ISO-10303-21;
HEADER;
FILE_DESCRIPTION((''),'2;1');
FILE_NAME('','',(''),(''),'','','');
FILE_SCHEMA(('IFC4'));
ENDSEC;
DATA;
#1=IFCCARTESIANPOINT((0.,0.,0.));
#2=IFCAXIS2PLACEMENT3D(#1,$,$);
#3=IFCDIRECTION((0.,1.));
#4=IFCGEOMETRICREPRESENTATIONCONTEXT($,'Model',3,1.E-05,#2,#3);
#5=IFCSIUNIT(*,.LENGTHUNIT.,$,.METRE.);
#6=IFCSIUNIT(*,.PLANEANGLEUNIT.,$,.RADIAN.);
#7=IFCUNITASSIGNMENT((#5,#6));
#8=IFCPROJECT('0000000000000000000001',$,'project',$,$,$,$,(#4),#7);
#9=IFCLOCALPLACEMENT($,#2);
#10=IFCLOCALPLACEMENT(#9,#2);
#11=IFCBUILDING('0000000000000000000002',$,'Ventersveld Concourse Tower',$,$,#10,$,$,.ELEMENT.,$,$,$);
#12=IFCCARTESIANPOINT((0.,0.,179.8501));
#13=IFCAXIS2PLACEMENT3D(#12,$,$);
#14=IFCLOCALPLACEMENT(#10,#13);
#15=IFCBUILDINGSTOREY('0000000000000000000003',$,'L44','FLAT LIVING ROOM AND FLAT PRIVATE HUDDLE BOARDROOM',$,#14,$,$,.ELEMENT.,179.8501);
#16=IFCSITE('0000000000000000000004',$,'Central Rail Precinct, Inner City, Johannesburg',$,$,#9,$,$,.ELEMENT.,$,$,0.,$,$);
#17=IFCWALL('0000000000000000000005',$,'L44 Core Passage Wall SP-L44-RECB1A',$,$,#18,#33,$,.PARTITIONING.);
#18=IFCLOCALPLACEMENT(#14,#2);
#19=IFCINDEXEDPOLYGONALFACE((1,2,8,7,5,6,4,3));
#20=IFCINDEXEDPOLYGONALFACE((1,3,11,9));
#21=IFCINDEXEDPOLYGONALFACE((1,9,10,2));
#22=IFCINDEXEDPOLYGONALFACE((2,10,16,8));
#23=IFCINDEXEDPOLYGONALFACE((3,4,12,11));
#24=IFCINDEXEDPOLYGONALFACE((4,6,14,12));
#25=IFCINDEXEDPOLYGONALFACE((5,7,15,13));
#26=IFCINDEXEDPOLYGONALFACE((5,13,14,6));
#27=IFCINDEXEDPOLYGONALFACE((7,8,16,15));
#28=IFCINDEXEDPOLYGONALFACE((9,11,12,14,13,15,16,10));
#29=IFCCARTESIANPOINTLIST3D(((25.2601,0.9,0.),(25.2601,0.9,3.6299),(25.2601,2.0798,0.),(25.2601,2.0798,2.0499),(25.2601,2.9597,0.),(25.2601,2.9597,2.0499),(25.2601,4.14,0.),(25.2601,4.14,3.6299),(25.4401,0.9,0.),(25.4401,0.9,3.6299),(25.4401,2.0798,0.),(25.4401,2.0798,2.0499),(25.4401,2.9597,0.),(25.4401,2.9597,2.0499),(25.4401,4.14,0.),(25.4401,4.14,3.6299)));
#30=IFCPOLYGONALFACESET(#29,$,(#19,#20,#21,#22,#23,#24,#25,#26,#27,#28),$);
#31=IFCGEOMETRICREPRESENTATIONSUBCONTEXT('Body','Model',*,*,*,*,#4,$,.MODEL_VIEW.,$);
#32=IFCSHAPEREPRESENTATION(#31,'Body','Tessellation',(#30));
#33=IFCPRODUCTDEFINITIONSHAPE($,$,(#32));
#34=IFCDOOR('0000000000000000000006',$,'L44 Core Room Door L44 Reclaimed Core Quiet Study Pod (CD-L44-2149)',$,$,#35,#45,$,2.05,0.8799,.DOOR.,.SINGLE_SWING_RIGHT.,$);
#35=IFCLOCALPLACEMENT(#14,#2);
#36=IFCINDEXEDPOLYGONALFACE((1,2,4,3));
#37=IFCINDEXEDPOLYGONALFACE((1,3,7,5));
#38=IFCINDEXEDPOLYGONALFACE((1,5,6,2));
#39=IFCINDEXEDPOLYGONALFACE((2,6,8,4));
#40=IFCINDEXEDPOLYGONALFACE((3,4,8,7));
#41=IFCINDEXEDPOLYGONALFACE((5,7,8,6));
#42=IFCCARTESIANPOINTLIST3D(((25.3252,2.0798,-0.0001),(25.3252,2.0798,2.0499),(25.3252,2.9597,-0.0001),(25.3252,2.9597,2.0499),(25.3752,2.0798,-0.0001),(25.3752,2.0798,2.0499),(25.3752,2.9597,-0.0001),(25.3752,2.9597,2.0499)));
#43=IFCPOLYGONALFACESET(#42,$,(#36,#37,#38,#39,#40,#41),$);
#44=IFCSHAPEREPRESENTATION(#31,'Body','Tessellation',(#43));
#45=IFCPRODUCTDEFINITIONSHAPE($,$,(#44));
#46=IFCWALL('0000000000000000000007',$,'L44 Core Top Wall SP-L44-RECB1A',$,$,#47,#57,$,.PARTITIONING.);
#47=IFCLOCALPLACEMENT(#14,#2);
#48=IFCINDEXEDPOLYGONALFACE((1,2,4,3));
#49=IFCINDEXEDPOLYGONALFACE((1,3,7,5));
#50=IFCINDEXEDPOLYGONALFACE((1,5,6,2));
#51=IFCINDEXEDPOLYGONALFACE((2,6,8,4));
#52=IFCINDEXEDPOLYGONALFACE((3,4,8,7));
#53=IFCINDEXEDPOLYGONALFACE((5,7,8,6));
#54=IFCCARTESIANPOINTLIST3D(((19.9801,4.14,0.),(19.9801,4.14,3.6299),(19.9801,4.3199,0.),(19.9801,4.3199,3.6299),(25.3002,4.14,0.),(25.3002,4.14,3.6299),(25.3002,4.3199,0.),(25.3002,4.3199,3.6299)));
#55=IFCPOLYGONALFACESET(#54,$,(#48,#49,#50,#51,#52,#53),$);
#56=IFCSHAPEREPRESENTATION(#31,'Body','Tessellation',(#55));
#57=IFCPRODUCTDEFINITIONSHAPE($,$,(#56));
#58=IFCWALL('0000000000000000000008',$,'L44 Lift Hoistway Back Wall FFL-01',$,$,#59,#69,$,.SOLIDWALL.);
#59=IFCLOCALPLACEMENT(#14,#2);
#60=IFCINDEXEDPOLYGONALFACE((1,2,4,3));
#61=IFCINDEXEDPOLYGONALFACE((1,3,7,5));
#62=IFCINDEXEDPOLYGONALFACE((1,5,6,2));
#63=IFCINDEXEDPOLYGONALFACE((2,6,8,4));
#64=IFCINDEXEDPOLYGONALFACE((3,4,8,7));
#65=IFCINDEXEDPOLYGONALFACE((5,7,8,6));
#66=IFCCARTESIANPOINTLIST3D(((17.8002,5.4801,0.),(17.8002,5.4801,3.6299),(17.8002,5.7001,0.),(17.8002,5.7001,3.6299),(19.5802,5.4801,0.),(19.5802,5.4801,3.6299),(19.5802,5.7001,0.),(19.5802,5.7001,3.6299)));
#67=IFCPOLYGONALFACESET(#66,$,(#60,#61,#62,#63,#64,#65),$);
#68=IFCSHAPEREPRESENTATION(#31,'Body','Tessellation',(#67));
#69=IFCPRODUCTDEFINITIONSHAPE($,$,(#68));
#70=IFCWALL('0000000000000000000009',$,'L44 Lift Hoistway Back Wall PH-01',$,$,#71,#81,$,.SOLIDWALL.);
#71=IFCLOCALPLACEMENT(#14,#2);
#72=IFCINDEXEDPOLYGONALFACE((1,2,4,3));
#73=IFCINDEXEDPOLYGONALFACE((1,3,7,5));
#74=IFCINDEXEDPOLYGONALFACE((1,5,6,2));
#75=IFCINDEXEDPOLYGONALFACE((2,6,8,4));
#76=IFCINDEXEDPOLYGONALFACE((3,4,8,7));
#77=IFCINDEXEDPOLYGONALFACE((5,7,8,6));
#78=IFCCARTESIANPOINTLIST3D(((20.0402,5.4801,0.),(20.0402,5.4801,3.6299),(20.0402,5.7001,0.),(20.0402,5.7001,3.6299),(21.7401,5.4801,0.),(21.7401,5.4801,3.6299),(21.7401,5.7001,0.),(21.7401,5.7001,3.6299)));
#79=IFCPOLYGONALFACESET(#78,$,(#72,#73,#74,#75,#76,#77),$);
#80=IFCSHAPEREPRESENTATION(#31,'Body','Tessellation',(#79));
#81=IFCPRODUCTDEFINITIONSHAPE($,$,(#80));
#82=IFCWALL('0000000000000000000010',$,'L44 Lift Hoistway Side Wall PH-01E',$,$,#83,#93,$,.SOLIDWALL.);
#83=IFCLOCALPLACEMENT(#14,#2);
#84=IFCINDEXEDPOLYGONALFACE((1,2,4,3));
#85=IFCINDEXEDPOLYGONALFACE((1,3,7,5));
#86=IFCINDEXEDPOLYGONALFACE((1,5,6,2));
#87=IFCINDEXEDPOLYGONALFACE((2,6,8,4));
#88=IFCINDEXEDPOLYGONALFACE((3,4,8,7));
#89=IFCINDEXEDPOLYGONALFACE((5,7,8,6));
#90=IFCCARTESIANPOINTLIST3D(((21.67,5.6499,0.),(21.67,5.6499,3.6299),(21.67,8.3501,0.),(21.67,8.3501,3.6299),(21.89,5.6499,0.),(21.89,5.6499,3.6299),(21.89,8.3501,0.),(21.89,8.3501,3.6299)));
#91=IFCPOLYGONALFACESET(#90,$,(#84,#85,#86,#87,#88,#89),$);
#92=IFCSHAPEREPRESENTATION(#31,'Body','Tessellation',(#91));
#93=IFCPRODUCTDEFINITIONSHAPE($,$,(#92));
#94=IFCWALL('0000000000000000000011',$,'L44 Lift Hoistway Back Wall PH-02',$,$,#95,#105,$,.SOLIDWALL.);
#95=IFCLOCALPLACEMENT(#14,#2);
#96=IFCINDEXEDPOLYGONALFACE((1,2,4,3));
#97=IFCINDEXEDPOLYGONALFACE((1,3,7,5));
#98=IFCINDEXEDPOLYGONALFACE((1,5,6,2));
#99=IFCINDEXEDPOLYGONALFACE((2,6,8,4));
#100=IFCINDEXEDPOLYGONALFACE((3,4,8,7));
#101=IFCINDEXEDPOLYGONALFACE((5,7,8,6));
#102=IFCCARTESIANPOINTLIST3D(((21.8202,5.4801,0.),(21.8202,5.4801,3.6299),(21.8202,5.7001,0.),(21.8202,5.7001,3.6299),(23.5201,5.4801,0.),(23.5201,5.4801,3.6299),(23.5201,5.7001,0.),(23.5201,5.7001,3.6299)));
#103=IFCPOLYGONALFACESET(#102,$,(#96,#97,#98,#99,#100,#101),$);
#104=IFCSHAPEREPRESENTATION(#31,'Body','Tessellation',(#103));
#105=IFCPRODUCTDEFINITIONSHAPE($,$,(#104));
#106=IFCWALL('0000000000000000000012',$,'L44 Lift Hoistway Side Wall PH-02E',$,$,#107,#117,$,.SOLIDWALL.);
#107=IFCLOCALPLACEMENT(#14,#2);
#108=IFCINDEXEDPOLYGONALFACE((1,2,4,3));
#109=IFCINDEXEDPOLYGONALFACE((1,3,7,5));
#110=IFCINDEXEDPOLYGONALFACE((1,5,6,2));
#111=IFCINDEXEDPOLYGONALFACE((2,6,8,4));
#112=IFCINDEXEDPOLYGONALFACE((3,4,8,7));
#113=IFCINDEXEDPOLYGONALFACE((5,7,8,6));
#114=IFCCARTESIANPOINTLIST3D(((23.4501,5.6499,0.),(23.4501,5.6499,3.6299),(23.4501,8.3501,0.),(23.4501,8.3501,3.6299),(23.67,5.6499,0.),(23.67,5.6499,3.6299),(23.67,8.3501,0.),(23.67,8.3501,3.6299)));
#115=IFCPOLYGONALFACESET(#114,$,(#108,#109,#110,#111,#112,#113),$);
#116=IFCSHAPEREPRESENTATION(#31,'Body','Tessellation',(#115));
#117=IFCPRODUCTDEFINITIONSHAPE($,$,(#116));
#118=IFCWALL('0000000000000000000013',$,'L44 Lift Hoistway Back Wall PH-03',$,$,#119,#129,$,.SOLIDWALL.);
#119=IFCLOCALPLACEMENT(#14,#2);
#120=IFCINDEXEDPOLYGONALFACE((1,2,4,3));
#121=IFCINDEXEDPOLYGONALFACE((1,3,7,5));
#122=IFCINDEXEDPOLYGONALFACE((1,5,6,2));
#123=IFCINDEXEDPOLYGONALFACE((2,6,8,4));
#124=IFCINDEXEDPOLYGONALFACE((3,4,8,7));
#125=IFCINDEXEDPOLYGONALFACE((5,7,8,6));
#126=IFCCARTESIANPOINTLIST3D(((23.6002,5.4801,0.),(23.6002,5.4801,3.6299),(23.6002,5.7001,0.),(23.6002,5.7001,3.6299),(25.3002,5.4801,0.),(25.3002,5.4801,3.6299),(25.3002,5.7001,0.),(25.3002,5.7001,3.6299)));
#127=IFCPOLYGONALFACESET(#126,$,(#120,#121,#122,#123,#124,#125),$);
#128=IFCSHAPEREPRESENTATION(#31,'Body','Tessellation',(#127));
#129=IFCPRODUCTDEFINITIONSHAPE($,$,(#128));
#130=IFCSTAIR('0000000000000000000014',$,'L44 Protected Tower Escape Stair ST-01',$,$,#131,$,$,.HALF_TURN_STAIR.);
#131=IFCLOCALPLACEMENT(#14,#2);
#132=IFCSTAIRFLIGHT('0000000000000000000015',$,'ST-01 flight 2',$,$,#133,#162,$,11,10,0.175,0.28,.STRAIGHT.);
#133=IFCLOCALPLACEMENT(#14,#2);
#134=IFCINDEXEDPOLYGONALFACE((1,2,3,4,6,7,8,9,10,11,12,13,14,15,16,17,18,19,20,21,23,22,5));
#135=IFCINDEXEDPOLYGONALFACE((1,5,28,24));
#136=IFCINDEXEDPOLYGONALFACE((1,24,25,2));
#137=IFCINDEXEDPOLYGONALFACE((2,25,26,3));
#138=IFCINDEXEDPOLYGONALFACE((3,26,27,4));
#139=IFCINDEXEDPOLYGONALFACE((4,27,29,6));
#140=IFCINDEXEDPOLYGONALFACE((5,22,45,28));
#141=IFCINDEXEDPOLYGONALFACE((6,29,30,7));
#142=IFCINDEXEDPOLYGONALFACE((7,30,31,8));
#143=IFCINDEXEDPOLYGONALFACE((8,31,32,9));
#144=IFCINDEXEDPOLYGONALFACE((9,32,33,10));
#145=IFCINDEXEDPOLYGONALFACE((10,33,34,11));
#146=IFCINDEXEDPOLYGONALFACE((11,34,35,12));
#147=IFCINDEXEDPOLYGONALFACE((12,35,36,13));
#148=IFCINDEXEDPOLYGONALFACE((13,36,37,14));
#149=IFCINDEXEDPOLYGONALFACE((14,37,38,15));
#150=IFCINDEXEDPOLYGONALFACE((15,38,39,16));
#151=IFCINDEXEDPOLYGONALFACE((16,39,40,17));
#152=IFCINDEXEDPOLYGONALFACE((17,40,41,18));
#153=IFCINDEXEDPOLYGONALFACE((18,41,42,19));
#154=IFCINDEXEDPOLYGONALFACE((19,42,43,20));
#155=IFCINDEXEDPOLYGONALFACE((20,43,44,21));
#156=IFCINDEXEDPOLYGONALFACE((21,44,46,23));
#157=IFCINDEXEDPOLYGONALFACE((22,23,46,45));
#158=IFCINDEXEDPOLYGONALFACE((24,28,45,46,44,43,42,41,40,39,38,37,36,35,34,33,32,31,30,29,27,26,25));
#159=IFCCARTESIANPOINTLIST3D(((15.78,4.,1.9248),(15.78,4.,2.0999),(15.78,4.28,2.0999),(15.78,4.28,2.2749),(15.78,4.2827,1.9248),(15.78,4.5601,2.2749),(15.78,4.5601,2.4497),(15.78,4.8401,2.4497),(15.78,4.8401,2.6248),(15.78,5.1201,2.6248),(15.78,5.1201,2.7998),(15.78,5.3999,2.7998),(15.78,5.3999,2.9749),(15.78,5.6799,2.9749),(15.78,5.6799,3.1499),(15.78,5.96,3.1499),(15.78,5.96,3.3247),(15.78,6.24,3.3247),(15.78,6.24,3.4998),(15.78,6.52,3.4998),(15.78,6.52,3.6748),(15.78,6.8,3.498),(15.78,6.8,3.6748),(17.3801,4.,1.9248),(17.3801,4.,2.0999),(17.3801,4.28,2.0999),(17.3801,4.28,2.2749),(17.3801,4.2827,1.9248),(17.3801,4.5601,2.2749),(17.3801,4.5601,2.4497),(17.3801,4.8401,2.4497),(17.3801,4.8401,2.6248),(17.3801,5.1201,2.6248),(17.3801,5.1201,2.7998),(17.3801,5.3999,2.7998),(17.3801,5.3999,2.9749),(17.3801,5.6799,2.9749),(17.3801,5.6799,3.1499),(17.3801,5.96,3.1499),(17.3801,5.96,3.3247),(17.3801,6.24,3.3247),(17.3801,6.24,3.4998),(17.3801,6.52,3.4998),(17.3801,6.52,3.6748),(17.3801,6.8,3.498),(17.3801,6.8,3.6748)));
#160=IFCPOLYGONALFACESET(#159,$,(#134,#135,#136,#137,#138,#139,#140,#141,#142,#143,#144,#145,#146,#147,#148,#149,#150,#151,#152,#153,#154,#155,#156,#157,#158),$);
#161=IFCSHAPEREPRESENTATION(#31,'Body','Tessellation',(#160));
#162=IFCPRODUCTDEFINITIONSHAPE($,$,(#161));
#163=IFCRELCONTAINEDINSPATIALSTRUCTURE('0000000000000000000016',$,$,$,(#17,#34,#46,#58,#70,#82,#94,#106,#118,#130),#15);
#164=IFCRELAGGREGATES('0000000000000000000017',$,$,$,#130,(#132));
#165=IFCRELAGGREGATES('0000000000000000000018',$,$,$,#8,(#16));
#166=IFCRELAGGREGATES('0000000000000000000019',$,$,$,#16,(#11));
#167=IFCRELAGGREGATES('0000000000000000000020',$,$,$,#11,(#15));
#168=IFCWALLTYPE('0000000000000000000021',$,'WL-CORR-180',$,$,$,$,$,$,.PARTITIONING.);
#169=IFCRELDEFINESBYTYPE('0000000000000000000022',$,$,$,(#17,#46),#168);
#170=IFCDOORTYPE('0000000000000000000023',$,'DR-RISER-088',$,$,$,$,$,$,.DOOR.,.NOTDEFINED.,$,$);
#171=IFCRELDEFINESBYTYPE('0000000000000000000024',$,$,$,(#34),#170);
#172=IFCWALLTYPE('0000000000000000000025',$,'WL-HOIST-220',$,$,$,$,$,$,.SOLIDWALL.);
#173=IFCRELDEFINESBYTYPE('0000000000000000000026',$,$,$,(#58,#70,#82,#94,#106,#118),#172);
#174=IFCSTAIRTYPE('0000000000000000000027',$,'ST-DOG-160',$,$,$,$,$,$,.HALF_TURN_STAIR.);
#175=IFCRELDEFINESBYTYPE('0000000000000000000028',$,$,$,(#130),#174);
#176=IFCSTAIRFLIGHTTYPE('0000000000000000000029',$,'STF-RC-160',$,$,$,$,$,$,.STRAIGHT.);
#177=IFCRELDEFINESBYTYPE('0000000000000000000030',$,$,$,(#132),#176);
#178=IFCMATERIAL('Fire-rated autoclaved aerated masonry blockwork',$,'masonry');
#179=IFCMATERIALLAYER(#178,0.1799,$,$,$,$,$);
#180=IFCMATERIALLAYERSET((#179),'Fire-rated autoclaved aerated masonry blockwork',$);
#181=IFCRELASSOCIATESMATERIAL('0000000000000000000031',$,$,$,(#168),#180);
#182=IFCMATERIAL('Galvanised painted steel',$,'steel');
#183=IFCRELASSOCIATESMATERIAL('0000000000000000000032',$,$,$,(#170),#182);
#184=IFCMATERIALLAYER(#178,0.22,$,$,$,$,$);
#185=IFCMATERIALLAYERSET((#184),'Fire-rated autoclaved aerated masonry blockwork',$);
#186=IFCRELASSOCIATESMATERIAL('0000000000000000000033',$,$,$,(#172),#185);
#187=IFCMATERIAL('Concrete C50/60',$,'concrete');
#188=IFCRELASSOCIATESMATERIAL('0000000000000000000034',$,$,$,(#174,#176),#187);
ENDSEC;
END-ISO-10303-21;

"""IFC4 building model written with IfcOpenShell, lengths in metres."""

from ifc_helpers import new_model, si_unit, direction, frame, frame_2d, origin, place, context, subcontext, project, spatial, polyline, rectangle, outline, extrude, material, layer, layer_set, type_object, element, fill, aggregate, save


model = new_model("IFC4")

# Units and contexts
model_context = context("Model", 3, precision=1e-05, world=origin(), true_north=direction((0.0, 1.0)))
body_context = subcontext(model_context, "Body", "Model", "MODEL_VIEW")
ifc_project = project(units=[si_unit("LENGTHUNIT", "METRE"), si_unit("PLANEANGLEUNIT", "RADIAN")], contexts=[model_context])

# Site, building, storey
site_placement = place(None, origin())
site = spatial("IfcSite", under=ifc_project, at=site_placement, Name="Central Rail Precinct, Inner City, Johannesburg", CompositionType="ELEMENT", RefElevation=0.0)
building_placement = place(site_placement, origin())
building = spatial("IfcBuilding", under=site, at=building_placement, Name="Ventersveld Concourse Tower", CompositionType="ELEMENT")
storey_placement = place(building_placement, frame((0.0, 0.0, 179.8501)))
storey = spatial("IfcBuildingStorey", under=building, at=storey_placement, Name="L44", Description="FLAT LIVING ROOM AND FLAT PRIVATE HUDDLE BOARDROOM", CompositionType="ELEMENT", Elevation=179.8501)

# Shared definitions
ifc_material_1 = material(Name="Concrete C50/60", Category="concrete")

# Wall, opening, door
ifc_material_2 = material(Name="Fire-rated autoclaved aerated masonry blockwork", Category="masonry")
ifc_layer_1 = layer(ifc_material_2, 0.1799)
ifc_layer_set_1 = layer_set([ifc_layer_1], Name="Fire-rated autoclaved aerated masonry blockwork")
wall_type_1 = type_object("IfcWallType", Name="WL-CORR-180", PredefinedType="PARTITIONING", material=ifc_layer_set_1)
wall_1_placement = place(storey_placement, frame((25.3501, 0.8999, 0.0), z_axis=(0.0, 0.0, 1.0), x_axis=(0.0, 1.0, 0.0)))
wall_1 = element("IfcWall", 1, at=wall_1_placement, inside=storey, type_object=wall_type_1, Name="L44 Core Passage Wall SP-L44-RECB1A", PredefinedType="PARTITIONING", context=body_context, shape_type="SweptSolid", body=[
    extrude(rectangle(XDim=3.24, YDim=0.1799, at=frame_2d((1.6201, 0.0))), origin(), (0.0, 0.0, 1.0), 3.6299),
])
opening_placement = place(wall_1_placement, frame((1.1799, 0.0, 0.0)))
opening = element("IfcOpeningElement", 2, at=opening_placement, cuts=wall_1, PredefinedType="OPENING", context=body_context, shape_type="SweptSolid", body=[
    extrude(rectangle(XDim=0.8799, YDim=2.05, at=frame_2d((0.4399, 1.0249))), frame((0.0, 0.1001, 0.0), z_axis=(0.0, -1.0, 0.0), x_axis=(1.0, 0.0, 0.0)), (0.0, 0.0, 1.0), 0.2),
])
ifc_material_3 = material(Name="Galvanised painted steel", Category="steel")
door_type = type_object("IfcDoorType", Name="DR-RISER-088", OperationType="NOTDEFINED", PredefinedType="DOOR", material=ifc_material_3)
door_placement = place(opening_placement, origin())
door = element("IfcDoor", 3, at=door_placement, inside=storey, type_object=door_type, Name="L44 Core Room Door L44 Reclaimed Core Quiet Study Pod (CD-L44-2149)", OperationType="SINGLE_SWING_RIGHT", OverallHeight=2.05, OverallWidth=0.8799, PredefinedType="DOOR", context=body_context, shape_type="SweptSolid", body=[
    extrude(rectangle(XDim=0.8799, YDim=2.05, at=frame_2d((0.4399, 1.0249))), frame((0.0, 0.0249, 0.0), z_axis=(0.0, -1.0, 0.0), x_axis=(1.0, 0.0, 0.0)), (0.0, 0.0, 1.0), 0.05),
])
fill(opening, door)

# Walls
wall_2_placement = place(storey_placement, frame((19.98, 4.23, 0.0), z_axis=(0.0, 0.0, 1.0), x_axis=(1.0, 0.0, 0.0)))
element("IfcWall", 4, at=wall_2_placement, inside=storey, type_object=wall_type_1, Name="L44 Core Top Wall SP-L44-RECB1A", PredefinedType="PARTITIONING", context=body_context, shape_type="SweptSolid", body=[
    extrude(rectangle(XDim=5.3201, YDim=0.1799, at=frame_2d((2.6602, 0.0))), origin(), (0.0, 0.0, 1.0), 3.6299),
])
ifc_layer_2 = layer(ifc_material_2, 0.22)
ifc_layer_set_2 = layer_set([ifc_layer_2], Name="Fire-rated autoclaved aerated masonry blockwork")
wall_type_2 = type_object("IfcWallType", Name="WL-HOIST-220", PredefinedType="SOLIDWALL", material=ifc_layer_set_2)
wall_3_placement = place(storey_placement, frame((17.8, 5.5901, 0.0), z_axis=(0.0, 0.0, 1.0), x_axis=(1.0, 0.0, 0.0)))
element("IfcWall", 5, at=wall_3_placement, inside=storey, type_object=wall_type_2, Name="L44 Lift Hoistway Back Wall FFL-01", PredefinedType="SOLIDWALL", context=body_context, shape_type="SweptSolid", body=[
    extrude(rectangle(XDim=1.78, YDim=0.22, at=frame_2d((0.8901, 0.0))), origin(), (0.0, 0.0, 1.0), 3.6299),
])
wall_4_placement = place(storey_placement, frame((20.04, 5.5901, 0.0), z_axis=(0.0, 0.0, 1.0), x_axis=(1.0, 0.0, 0.0)))
element("IfcWall", 6, at=wall_4_placement, inside=storey, type_object=wall_type_2, Name="L44 Lift Hoistway Back Wall PH-01", PredefinedType="SOLIDWALL", context=body_context, shape_type="SweptSolid", body=[
    extrude(rectangle(XDim=1.7, YDim=0.22, at=frame_2d((0.8501, 0.0))), origin(), (0.0, 0.0, 1.0), 3.6299),
])
wall_5_placement = place(storey_placement, frame((21.78, 5.6499, 0.0), z_axis=(0.0, 0.0, 1.0), x_axis=(0.0, 1.0, 0.0)))
element("IfcWall", 7, at=wall_5_placement, inside=storey, type_object=wall_type_2, Name="L44 Lift Hoistway Side Wall PH-01E", PredefinedType="SOLIDWALL", context=body_context, shape_type="SweptSolid", body=[
    extrude(rectangle(XDim=2.7002, YDim=0.22, at=frame_2d((1.3501, 0.0))), origin(), (0.0, 0.0, 1.0), 3.6299),
])
wall_6_placement = place(storey_placement, frame((21.8201, 5.5901, 0.0), z_axis=(0.0, 0.0, 1.0), x_axis=(1.0, 0.0, 0.0)))
element("IfcWall", 8, at=wall_6_placement, inside=storey, type_object=wall_type_2, Name="L44 Lift Hoistway Back Wall PH-02", PredefinedType="SOLIDWALL", context=body_context, shape_type="SweptSolid", body=[
    extrude(rectangle(XDim=1.7, YDim=0.22, at=frame_2d((0.8501, 0.0))), origin(), (0.0, 0.0, 1.0), 3.6299),
])
wall_7_placement = place(storey_placement, frame((23.5601, 5.6499, 0.0), z_axis=(0.0, 0.0, 1.0), x_axis=(0.0, 1.0, 0.0)))
element("IfcWall", 9, at=wall_7_placement, inside=storey, type_object=wall_type_2, Name="L44 Lift Hoistway Side Wall PH-02E", PredefinedType="SOLIDWALL", context=body_context, shape_type="SweptSolid", body=[
    extrude(rectangle(XDim=2.7002, YDim=0.22, at=frame_2d((1.3501, 0.0))), origin(), (0.0, 0.0, 1.0), 3.6299),
])
wall_8_placement = place(storey_placement, frame((23.6001, 5.5901, 0.0), z_axis=(0.0, 0.0, 1.0), x_axis=(1.0, 0.0, 0.0)))
element("IfcWall", 10, at=wall_8_placement, inside=storey, type_object=wall_type_2, Name="L44 Lift Hoistway Back Wall PH-03", PredefinedType="SOLIDWALL", context=body_context, shape_type="SweptSolid", body=[
    extrude(rectangle(XDim=1.7, YDim=0.22, at=frame_2d((0.8501, 0.0))), origin(), (0.0, 0.0, 1.0), 3.6299),
])

# Stair, stair flight
stair_type = type_object("IfcStairType", Name="ST-DOG-160", PredefinedType="HALF_TURN_STAIR", material=ifc_material_1)
stair_placement = place(storey_placement, origin())
stair = element("IfcStair", 11, at=stair_placement, inside=storey, type_object=stair_type, Name="L44 Protected Tower Escape Stair ST-01", PredefinedType="HALF_TURN_STAIR")
stair_flight_type = type_object("IfcStairFlightType", Name="STF-RC-160", PredefinedType="STRAIGHT", material=ifc_material_1)
stair_flight_placement = place(storey_placement, frame((16.5801, 4.0, 1.9248), z_axis=(0.0, 0.0, 1.0), x_axis=(0.0, 1.0, 0.0)))
stair_flight = element("IfcStairFlight", 12, at=stair_flight_placement, type_object=stair_flight_type, Name="ST-01 flight 2", NumberOfRisers=11, NumberOfTreads=10, PredefinedType="STRAIGHT", RiserHeight=0.175, TreadLength=0.28, context=body_context, shape_type="SweptSolid", body=[
    extrude(outline(polyline([(0.0, 0.0), (0.0, 0.175), (0.28, 0.175), (0.28, 0.3501), (0.5601, 0.3501), (0.5601, 0.5249), (0.8401, 0.5249), (0.8401, 0.7), (1.1201, 0.7), (1.1201, 0.875), (1.3999, 0.875), (1.3999, 1.05), (1.6799, 1.05), (1.6799, 1.2251), (1.96, 1.2251), (1.96, 1.3999), (2.24, 1.3999), (2.24, 1.575), (2.52, 1.575), (2.52, 1.75), (2.8, 1.75), (2.8, 1.925), (2.8, 1.5732), (0.2827, 0.0), (0.0, 0.0)])), frame((0.0, 0.8, 0.0), z_axis=(0.0, -1.0, 0.0), x_axis=(1.0, 0.0, 0.0)), (0.0, 0.0, 1.0), 1.6001),
])
aggregate(stair, [stair_flight])

save(model, "model.ifc")
